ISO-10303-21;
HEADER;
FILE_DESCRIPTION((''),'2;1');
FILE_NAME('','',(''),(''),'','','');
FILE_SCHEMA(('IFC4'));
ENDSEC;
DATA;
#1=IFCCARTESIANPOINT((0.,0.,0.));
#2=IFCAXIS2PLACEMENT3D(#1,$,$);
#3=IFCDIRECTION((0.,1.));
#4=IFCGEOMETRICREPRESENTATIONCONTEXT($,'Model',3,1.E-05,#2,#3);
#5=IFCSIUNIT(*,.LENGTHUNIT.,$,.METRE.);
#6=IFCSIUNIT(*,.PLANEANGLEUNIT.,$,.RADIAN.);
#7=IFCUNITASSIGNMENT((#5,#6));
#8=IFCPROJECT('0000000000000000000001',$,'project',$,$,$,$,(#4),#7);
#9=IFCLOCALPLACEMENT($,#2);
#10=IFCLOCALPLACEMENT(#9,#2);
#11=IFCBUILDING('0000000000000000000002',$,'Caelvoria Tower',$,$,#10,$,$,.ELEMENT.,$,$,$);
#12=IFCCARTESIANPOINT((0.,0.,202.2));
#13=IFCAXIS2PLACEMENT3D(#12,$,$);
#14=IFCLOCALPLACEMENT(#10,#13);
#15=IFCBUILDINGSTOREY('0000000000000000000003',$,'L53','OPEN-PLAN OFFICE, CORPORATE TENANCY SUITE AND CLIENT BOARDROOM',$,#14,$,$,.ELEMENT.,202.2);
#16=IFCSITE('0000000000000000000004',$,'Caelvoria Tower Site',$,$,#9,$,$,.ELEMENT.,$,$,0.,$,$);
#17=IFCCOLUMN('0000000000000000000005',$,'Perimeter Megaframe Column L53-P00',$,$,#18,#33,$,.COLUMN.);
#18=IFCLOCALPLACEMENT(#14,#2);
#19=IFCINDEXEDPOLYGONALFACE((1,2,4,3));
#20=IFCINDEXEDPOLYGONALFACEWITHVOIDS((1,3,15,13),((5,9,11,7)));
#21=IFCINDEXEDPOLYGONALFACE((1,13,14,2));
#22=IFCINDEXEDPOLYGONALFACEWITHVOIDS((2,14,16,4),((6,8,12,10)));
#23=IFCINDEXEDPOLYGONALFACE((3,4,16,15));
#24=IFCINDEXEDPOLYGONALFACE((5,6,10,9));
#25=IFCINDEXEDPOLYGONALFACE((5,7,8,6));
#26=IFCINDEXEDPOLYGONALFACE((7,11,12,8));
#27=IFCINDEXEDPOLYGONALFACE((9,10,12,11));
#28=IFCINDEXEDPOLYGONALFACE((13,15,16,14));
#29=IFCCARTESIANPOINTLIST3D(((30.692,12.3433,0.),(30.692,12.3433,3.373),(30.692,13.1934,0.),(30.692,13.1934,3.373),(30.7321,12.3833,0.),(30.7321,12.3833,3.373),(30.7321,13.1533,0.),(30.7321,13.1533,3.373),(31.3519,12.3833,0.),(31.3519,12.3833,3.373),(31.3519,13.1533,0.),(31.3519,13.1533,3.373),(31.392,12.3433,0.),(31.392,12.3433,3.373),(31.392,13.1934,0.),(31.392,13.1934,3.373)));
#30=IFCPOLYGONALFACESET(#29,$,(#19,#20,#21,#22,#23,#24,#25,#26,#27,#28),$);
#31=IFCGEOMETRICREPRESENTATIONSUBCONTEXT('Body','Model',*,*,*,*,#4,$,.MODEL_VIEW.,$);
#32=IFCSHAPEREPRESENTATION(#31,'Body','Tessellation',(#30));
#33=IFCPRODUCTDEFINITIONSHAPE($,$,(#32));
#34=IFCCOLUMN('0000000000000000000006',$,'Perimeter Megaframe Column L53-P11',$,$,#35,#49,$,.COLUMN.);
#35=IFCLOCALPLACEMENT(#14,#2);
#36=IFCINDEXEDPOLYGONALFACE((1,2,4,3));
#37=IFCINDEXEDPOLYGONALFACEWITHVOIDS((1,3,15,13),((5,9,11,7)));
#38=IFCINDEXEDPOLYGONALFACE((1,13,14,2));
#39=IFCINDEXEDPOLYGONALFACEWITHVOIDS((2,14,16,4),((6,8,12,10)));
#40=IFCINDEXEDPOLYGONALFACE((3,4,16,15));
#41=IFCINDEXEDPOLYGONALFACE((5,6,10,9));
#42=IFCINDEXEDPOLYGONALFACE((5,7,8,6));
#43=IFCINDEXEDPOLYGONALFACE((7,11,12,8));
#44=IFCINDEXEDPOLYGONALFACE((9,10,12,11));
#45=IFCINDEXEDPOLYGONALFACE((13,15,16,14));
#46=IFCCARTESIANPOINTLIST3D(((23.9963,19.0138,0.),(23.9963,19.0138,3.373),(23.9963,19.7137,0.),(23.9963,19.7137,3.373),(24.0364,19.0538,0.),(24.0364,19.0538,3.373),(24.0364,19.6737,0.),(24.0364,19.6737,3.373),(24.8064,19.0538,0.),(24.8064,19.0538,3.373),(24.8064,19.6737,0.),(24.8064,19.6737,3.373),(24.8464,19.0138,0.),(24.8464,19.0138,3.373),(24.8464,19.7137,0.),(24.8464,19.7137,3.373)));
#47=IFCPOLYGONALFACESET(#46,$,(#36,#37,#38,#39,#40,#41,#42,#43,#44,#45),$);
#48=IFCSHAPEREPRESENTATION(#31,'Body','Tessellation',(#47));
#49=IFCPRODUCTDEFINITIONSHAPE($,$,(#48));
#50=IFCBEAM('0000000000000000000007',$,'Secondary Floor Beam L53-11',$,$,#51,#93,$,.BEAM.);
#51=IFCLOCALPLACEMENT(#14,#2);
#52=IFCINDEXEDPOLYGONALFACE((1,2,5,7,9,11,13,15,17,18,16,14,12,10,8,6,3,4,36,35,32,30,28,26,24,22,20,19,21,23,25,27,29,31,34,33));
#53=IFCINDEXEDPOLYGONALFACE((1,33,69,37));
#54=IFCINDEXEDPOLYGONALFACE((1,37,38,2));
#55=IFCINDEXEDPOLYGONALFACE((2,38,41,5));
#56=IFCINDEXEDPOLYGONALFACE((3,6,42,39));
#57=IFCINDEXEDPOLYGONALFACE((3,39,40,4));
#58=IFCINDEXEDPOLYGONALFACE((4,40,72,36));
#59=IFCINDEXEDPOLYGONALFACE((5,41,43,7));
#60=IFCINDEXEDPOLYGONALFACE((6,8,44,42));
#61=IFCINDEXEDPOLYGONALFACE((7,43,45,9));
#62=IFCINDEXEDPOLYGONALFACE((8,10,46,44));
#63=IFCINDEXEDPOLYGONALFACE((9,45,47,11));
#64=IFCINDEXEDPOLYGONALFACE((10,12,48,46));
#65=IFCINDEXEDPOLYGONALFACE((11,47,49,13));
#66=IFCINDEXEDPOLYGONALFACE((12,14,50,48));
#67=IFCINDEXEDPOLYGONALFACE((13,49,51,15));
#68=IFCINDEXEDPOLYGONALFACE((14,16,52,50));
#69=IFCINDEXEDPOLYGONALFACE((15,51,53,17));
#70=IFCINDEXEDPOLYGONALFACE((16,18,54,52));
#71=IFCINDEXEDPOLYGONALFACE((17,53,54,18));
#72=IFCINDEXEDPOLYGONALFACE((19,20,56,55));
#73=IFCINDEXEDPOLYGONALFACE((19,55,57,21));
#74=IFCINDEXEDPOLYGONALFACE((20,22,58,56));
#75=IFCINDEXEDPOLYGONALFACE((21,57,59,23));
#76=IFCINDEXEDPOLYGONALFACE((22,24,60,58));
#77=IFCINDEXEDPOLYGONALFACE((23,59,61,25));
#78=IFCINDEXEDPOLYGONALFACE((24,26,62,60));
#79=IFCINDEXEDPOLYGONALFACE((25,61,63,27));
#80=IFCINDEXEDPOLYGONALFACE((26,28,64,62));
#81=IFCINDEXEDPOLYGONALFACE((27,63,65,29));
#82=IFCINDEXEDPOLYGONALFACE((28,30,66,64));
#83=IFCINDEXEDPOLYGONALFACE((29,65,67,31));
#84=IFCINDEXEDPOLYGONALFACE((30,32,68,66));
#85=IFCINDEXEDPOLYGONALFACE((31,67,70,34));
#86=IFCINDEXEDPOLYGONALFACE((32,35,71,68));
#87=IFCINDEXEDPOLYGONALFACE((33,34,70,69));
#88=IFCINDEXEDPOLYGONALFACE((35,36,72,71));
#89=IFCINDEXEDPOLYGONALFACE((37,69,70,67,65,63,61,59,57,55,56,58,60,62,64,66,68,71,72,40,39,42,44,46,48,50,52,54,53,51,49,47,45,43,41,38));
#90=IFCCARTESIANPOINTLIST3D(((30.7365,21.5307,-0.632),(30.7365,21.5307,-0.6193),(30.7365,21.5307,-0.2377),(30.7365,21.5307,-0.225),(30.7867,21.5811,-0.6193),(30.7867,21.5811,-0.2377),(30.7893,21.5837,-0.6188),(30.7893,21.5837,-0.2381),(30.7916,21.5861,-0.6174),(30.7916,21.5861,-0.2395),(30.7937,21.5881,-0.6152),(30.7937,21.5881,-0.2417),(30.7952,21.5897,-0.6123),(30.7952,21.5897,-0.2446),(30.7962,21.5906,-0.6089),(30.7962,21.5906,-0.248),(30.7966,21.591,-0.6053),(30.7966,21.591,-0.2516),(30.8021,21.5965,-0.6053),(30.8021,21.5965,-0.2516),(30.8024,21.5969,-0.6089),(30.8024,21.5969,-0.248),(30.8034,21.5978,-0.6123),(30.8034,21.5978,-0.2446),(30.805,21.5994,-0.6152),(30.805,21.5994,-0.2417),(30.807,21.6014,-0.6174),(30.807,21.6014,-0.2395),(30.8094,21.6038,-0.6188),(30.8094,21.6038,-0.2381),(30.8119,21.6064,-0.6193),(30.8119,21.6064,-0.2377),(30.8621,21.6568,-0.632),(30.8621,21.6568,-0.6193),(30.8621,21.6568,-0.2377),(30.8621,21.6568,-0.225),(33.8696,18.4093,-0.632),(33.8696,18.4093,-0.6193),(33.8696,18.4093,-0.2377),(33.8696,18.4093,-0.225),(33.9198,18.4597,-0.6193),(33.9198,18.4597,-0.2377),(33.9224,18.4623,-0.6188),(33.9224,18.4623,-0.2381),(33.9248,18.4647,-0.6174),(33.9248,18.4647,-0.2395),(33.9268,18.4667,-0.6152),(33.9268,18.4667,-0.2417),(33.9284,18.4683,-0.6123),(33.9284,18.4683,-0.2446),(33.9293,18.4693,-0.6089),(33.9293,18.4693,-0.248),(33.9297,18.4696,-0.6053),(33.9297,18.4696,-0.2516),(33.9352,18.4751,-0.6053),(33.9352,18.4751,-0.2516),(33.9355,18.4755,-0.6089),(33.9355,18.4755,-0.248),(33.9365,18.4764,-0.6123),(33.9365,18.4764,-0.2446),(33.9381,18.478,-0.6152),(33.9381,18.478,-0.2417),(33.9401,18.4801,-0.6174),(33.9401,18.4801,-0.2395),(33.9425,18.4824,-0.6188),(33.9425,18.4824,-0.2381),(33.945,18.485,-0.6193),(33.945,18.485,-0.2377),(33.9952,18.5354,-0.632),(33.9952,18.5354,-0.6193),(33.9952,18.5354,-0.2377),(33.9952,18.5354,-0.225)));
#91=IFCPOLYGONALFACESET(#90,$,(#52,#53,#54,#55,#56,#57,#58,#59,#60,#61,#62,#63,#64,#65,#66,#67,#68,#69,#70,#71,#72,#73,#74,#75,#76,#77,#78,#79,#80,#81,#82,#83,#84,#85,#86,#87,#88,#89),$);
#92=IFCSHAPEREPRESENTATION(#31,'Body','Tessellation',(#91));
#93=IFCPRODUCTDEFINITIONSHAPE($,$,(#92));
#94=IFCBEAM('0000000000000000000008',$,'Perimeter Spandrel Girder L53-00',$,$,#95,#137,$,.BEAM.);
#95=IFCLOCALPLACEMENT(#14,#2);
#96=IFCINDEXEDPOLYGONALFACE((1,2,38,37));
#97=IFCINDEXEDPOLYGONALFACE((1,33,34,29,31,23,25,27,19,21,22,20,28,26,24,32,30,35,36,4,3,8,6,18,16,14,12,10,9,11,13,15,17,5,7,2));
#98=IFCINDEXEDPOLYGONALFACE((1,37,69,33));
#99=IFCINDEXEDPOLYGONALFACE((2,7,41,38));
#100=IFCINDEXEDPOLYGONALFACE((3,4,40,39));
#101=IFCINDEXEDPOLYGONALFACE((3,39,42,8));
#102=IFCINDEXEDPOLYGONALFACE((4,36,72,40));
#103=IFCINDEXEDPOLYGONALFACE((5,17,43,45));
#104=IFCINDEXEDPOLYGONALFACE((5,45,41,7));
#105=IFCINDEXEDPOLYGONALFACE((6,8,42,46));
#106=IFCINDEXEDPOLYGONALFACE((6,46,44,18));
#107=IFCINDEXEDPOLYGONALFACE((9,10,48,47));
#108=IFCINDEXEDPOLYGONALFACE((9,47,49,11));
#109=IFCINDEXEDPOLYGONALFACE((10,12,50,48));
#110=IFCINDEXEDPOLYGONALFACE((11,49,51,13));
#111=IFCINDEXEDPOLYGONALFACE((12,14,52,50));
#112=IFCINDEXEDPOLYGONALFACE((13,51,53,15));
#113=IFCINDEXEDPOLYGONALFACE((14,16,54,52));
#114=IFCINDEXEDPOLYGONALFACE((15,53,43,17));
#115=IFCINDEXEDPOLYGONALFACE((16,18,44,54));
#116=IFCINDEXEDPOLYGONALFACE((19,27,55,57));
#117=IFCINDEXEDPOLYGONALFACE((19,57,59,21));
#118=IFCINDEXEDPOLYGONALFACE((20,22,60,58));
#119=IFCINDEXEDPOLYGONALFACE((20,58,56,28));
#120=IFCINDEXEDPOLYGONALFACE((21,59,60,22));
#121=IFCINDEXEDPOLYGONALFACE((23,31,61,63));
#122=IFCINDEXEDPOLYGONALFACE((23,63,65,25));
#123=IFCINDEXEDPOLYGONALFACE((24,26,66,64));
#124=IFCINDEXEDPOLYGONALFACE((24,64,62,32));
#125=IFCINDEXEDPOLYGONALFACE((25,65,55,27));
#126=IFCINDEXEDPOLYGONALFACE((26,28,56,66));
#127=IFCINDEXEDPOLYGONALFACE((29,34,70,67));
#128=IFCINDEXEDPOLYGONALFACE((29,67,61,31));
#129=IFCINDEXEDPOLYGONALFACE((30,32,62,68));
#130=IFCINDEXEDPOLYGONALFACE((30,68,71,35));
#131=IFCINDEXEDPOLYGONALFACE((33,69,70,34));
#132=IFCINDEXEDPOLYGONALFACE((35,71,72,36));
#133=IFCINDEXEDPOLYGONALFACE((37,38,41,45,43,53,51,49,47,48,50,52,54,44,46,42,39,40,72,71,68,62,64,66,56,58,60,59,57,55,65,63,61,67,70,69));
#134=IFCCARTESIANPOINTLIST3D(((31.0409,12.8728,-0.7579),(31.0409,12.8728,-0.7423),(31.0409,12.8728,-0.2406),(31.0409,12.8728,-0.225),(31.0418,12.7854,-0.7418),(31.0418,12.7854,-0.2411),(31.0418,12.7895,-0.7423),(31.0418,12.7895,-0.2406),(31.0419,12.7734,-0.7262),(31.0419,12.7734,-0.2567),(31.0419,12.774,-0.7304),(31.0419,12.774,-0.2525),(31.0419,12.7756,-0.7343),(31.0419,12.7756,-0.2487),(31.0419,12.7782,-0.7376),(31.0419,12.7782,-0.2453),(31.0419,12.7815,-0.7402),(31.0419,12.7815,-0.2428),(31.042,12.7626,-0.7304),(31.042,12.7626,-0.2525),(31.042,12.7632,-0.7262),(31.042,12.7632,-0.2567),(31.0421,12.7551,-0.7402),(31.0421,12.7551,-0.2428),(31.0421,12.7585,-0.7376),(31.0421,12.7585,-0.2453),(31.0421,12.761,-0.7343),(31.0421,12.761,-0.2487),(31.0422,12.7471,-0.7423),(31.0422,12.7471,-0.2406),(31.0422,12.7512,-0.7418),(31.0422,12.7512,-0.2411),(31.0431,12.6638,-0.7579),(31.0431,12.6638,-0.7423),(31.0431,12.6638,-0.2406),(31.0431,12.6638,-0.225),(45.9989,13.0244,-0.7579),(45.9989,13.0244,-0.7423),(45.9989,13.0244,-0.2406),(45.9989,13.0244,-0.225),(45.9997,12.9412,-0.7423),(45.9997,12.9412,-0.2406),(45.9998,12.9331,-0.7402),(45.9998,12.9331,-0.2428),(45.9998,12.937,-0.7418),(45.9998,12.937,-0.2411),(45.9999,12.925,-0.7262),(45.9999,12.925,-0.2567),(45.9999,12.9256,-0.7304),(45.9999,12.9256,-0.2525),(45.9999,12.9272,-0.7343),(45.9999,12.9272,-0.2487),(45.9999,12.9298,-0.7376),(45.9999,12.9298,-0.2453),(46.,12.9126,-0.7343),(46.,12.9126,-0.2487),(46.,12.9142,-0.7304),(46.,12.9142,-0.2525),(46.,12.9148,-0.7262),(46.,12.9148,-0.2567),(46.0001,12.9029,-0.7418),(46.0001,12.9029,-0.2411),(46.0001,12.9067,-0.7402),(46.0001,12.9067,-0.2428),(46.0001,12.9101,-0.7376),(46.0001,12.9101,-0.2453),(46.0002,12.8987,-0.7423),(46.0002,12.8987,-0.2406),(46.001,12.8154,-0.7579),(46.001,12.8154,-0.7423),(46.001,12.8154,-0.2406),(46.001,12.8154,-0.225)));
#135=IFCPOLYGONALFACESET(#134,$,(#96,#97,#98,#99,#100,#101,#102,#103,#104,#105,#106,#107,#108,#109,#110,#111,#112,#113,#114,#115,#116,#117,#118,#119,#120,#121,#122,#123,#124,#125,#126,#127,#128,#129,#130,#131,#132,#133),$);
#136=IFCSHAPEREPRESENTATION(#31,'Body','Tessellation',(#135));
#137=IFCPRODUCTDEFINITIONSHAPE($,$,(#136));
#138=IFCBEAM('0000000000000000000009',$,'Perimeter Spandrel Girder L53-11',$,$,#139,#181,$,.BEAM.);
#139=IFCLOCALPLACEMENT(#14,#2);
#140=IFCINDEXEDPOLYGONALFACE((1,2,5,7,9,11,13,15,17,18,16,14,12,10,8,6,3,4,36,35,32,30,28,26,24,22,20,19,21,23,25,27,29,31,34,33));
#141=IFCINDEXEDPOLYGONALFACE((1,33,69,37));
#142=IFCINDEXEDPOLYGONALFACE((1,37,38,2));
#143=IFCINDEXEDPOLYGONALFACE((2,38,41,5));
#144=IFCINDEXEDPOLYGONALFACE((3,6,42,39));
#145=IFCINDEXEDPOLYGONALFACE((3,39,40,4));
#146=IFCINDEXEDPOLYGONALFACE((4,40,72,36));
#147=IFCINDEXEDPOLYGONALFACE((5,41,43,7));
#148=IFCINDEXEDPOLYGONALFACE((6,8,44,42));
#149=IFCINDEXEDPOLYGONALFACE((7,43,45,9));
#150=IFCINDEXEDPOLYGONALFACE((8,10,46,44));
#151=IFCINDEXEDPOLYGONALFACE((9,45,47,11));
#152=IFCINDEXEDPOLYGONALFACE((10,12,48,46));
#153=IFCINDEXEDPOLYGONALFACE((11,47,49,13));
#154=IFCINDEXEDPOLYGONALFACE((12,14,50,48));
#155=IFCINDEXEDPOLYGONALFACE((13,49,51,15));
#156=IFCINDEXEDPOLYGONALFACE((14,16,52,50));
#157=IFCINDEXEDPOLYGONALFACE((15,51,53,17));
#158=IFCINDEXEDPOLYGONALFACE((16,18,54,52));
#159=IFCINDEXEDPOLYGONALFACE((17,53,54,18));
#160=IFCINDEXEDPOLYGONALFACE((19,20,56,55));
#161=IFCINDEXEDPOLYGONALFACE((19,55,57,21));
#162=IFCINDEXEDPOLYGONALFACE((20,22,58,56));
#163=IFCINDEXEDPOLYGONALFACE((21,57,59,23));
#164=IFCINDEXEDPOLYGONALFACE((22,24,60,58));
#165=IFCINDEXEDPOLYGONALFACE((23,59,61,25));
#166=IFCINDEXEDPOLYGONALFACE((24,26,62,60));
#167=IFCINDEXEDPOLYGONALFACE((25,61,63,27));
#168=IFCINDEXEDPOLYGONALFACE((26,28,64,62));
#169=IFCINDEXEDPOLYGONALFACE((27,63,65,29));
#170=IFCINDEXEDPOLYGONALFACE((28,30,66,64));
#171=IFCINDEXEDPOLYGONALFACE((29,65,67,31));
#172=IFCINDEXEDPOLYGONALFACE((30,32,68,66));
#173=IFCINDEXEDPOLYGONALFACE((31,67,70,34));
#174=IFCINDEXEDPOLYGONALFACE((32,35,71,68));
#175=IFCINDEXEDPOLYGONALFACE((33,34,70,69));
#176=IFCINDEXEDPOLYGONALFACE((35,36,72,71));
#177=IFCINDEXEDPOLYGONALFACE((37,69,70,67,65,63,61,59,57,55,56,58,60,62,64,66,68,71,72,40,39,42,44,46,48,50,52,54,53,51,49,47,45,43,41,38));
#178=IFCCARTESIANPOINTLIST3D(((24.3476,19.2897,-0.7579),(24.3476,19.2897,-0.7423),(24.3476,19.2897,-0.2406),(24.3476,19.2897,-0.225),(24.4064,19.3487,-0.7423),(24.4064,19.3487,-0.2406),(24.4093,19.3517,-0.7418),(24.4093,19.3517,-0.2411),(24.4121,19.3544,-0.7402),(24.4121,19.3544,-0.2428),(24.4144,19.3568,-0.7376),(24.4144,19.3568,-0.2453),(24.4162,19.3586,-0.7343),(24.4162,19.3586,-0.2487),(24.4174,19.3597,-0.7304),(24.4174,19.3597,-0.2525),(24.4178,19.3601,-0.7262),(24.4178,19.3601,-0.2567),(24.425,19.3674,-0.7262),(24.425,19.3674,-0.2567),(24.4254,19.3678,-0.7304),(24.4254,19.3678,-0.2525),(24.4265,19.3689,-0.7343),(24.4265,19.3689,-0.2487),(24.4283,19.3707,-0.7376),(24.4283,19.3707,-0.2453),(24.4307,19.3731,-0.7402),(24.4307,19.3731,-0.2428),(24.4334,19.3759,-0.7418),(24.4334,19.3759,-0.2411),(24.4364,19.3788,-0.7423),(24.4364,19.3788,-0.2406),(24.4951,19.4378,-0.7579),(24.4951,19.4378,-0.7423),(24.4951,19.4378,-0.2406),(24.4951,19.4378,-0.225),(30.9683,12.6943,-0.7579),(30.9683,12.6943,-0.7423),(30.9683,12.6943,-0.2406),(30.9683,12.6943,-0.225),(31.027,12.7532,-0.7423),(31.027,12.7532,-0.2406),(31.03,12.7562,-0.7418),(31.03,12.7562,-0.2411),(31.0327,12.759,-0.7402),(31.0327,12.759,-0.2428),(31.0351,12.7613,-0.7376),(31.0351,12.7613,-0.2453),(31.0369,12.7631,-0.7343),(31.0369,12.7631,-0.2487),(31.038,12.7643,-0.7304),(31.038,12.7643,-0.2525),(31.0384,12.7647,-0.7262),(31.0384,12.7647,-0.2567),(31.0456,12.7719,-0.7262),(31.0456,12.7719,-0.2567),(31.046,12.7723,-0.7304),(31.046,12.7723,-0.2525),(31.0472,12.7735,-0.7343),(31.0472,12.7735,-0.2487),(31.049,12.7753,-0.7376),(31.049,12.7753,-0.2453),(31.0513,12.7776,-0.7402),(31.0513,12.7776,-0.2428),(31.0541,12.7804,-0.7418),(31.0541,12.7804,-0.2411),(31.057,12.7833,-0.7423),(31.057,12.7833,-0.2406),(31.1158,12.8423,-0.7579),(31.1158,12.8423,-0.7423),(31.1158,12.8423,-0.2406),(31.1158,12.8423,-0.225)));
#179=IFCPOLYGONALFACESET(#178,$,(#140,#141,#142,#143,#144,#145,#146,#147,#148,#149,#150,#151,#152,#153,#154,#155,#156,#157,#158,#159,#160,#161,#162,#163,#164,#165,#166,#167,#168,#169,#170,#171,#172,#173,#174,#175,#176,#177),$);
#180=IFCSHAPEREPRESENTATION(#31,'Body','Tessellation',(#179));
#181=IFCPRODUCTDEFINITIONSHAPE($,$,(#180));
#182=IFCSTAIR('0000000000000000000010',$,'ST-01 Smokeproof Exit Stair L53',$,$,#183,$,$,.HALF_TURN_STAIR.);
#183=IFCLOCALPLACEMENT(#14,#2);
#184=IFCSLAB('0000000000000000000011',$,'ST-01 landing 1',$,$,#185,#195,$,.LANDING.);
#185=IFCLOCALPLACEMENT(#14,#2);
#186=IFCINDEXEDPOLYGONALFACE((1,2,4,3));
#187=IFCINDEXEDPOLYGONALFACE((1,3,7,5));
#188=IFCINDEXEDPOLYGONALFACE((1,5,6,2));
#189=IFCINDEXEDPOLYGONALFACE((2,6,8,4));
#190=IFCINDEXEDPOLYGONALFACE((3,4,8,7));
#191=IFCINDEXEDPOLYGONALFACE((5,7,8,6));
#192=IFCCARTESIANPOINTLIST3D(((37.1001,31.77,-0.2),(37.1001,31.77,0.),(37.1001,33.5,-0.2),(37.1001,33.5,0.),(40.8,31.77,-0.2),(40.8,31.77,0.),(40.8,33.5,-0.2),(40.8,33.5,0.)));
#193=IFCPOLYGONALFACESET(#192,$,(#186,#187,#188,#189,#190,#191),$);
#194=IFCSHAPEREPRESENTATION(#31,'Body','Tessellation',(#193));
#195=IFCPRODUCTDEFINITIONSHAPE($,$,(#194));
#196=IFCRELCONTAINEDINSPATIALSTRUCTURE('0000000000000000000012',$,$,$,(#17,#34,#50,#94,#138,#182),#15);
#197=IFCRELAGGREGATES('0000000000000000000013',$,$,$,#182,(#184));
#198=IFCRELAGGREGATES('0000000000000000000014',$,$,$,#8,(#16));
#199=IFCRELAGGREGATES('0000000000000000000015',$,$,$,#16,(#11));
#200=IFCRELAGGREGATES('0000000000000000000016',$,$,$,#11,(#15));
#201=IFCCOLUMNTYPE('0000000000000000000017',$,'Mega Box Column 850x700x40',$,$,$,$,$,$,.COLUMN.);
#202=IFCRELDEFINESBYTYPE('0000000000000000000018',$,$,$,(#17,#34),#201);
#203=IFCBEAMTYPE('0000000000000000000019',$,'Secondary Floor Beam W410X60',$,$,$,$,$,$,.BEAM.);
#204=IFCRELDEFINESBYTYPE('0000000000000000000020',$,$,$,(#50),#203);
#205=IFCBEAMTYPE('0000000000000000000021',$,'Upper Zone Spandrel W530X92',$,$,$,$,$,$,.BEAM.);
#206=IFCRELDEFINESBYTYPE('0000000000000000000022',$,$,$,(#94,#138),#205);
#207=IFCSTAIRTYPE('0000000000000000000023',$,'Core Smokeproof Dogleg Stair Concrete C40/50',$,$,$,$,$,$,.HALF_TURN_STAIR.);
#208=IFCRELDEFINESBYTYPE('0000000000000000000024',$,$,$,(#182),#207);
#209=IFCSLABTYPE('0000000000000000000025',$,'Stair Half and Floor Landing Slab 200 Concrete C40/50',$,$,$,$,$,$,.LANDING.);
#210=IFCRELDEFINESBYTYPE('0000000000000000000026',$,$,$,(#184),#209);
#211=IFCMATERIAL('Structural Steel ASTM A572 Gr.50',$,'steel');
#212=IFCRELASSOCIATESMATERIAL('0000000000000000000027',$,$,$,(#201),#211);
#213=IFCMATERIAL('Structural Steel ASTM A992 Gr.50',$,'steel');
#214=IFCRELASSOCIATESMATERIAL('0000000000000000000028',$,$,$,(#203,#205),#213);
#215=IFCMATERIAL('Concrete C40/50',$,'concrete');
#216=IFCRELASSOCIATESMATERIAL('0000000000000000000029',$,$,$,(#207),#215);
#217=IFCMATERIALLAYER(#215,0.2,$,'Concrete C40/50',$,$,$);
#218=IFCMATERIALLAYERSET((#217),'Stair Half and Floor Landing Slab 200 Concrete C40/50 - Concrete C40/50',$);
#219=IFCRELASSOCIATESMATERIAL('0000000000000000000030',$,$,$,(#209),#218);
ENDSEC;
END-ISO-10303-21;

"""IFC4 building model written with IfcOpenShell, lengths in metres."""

from ifc_helpers import new_model, si_unit, direction, frame, origin, origin_2d, place, context, subcontext, project, spatial, polyline, hollow_rectangle, i_section, outline, extrude, material, layer, layer_set, material_profile, profile_set, type_object, element, aggregate, save


model = new_model("IFC4")

# Units and contexts
model_context = context("Model", 3, precision=1e-05, world=origin(), true_north=direction((0.0, 1.0)))
body_context = subcontext(model_context, "Body", "Model", "MODEL_VIEW")
ifc_project = project(units=[si_unit("LENGTHUNIT", "METRE"), si_unit("PLANEANGLEUNIT", "RADIAN")], contexts=[model_context])

# Site, building, storey
site_placement = place(None, origin())
site = spatial("IfcSite", under=ifc_project, at=site_placement, Name="Caelvoria Tower Site", CompositionType="ELEMENT", RefElevation=0.0)
building_placement = place(site_placement, origin())
building = spatial("IfcBuilding", under=site, at=building_placement, Name="Caelvoria Tower", CompositionType="ELEMENT")
storey_placement = place(building_placement, frame((0.0, 0.0, 202.2)))
storey = spatial("IfcBuildingStorey", under=building, at=storey_placement, Name="L53", Description="OPEN-PLAN OFFICE, CORPORATE TENANCY SUITE AND CLIENT BOARDROOM", CompositionType="ELEMENT", Elevation=202.2)

# Columns
ifc_material_1 = material(Name="Structural Steel ASTM A572 Gr.50", Category="steel")
ifc_material_profile_1 = material_profile(ifc_material_1, hollow_rectangle(XDim=0.7, YDim=0.8501, WallThickness=0.04, at=origin_2d()), Name="Structural Steel ASTM A572 Gr.50")
ifc_profile_set_1 = profile_set([ifc_material_profile_1], Name="BOX850X700X40 - Structural Steel ASTM A572 Gr.50")
column_type = type_object("IfcColumnType", Name="Mega Box Column 850x700x40", PredefinedType="COLUMN", material=ifc_profile_set_1)
for number, where, z_axis, x_axis, name in (
    (1, (31.042, 12.7683, 0.0), (0.0, 0.0, 1.0), (1.0, 0.0, 0.0), "Perimeter Megaframe Column L53-P00"),
    (2, (24.4214, 19.3638, 0.0), (0.0, 0.0, 1.0), (0.0, 1.0, 0.0), "Perimeter Megaframe Column L53-P11"),
):
    element("IfcColumn", number, at=place(storey_placement, frame(where, z_axis=z_axis, x_axis=x_axis)), inside=storey, type_object=column_type, Name=name, PredefinedType="COLUMN", context=body_context, shape_type="SweptSolid", body=[
        extrude(hollow_rectangle(XDim=0.7, YDim=0.8501, WallThickness=0.04, at=origin_2d()), origin(), (0.0, 0.0, 1.0), 3.373),
    ])

# Beams
ifc_material_2 = material(Name="Structural Steel ASTM A992 Gr.50", Category="steel")
ifc_material_profile_2 = material_profile(ifc_material_2, i_section(OverallWidth=0.178, OverallDepth=0.407, WebThickness=0.0078, FlangeThickness=0.0127, FilletRadius=0.0139, at=origin_2d()), Name="Structural Steel ASTM A992 Gr.50")
ifc_profile_set_2 = profile_set([ifc_material_profile_2], Name="W410X60 - Structural Steel ASTM A992 Gr.50")
beam_type_1 = type_object("IfcBeamType", Name="Secondary Floor Beam W410X60", PredefinedType="BEAM", material=ifc_profile_set_2)
beam_1_placement = place(storey_placement, frame((30.7993, 21.5938, -0.4285), z_axis=(0.70843, -0.705781, 0.0), x_axis=(0.705781, 0.70843, 0.0)))
element("IfcBeam", 3, at=beam_1_placement, inside=storey, type_object=beam_type_1, Name="Secondary Floor Beam L53-11", PredefinedType="BEAM", context=body_context, shape_type="SweptSolid", body=[
    extrude(i_section(OverallWidth=0.178, OverallDepth=0.407, WebThickness=0.0078, FlangeThickness=0.0127, FilletRadius=0.0139, at=origin_2d()), origin(), (0.0, 0.0, 1.0), 4.4226),
])
ifc_material_profile_3 = material_profile(ifc_material_2, i_section(OverallWidth=0.209, OverallDepth=0.533, WebThickness=0.0103, FlangeThickness=0.0156, FilletRadius=0.0161, at=origin_2d()), Name="Structural Steel ASTM A992 Gr.50")
ifc_profile_set_3 = profile_set([ifc_material_profile_3], Name="W530X92 - Structural Steel ASTM A992 Gr.50")
beam_type_2 = type_object("IfcBeamType", Name="Upper Zone Spandrel W530X92", PredefinedType="BEAM", material=ifc_profile_set_3)
beam_2_placement = place(storey_placement, frame((31.042, 12.7683, -0.4915), z_axis=(0.999949, 0.010135, 0.0), x_axis=(-0.010135, 0.999949, 0.0)))
element("IfcBeam", 4, at=beam_2_placement, inside=storey, type_object=beam_type_2, Name="Perimeter Spandrel Girder L53-00", PredefinedType="BEAM", context=body_context, shape_type="SweptSolid", body=[
    extrude(i_section(OverallWidth=0.209, OverallDepth=0.533, WebThickness=0.0103, FlangeThickness=0.0156, FilletRadius=0.0161, at=origin_2d()), origin(), (0.0, 0.0, 1.0), 14.9587),
])
beam_3_placement = place(storey_placement, frame((24.4214, 19.3638, -0.4915), z_axis=(0.708451, -0.70576, 0.0), x_axis=(0.70576, 0.708451, 0.0)))
element("IfcBeam", 5, at=beam_3_placement, inside=storey, type_object=beam_type_2, Name="Perimeter Spandrel Girder L53-11", PredefinedType="BEAM", context=body_context, shape_type="SweptSolid", body=[
    extrude(i_section(OverallWidth=0.209, OverallDepth=0.533, WebThickness=0.0103, FlangeThickness=0.0156, FilletRadius=0.0161, at=origin_2d()), origin(), (0.0, 0.0, 1.0), 9.3452),
])

# Stair, slab
ifc_material_3 = material(Name="Concrete C40/50", Category="concrete")
stair_type = type_object("IfcStairType", Name="Core Smokeproof Dogleg Stair Concrete C40/50", PredefinedType="HALF_TURN_STAIR", material=ifc_material_3)
stair_1_placement = place(storey_placement, origin())
stair_1 = element("IfcStair", 6, at=stair_1_placement, inside=storey, type_object=stair_type, Name="ST-01 Smokeproof Exit Stair L53", PredefinedType="HALF_TURN_STAIR")
ifc_layer_1 = layer(ifc_material_3, 0.2, Name="Concrete C40/50")
ifc_layer_set_1 = layer_set([ifc_layer_1], Name="Stair Half and Floor Landing Slab 200 Concrete C40/50 - Concrete C40/50")
slab_type_1 = type_object("IfcSlabType", Name="Stair Half and Floor Landing Slab 200 Concrete C40/50", PredefinedType="LANDING", material=ifc_layer_set_1)
slab_1_placement = place(storey_placement, frame((0.0, 0.0, -0.2)))
slab_1 = element("IfcSlab", 7, at=slab_1_placement, type_object=slab_type_1, Name="ST-01 landing 1", PredefinedType="LANDING", context=body_context, shape_type="SweptSolid", body=[
    extrude(outline(polyline([(37.1001, 31.77), (40.8, 31.77), (40.8, 33.5), (37.1001, 33.5), (37.1001, 31.77)])), origin(), (0.0, 0.0, 1.0), 0.2),
])
aggregate(stair_1, [slab_1])

save(model, "model.ifc")
